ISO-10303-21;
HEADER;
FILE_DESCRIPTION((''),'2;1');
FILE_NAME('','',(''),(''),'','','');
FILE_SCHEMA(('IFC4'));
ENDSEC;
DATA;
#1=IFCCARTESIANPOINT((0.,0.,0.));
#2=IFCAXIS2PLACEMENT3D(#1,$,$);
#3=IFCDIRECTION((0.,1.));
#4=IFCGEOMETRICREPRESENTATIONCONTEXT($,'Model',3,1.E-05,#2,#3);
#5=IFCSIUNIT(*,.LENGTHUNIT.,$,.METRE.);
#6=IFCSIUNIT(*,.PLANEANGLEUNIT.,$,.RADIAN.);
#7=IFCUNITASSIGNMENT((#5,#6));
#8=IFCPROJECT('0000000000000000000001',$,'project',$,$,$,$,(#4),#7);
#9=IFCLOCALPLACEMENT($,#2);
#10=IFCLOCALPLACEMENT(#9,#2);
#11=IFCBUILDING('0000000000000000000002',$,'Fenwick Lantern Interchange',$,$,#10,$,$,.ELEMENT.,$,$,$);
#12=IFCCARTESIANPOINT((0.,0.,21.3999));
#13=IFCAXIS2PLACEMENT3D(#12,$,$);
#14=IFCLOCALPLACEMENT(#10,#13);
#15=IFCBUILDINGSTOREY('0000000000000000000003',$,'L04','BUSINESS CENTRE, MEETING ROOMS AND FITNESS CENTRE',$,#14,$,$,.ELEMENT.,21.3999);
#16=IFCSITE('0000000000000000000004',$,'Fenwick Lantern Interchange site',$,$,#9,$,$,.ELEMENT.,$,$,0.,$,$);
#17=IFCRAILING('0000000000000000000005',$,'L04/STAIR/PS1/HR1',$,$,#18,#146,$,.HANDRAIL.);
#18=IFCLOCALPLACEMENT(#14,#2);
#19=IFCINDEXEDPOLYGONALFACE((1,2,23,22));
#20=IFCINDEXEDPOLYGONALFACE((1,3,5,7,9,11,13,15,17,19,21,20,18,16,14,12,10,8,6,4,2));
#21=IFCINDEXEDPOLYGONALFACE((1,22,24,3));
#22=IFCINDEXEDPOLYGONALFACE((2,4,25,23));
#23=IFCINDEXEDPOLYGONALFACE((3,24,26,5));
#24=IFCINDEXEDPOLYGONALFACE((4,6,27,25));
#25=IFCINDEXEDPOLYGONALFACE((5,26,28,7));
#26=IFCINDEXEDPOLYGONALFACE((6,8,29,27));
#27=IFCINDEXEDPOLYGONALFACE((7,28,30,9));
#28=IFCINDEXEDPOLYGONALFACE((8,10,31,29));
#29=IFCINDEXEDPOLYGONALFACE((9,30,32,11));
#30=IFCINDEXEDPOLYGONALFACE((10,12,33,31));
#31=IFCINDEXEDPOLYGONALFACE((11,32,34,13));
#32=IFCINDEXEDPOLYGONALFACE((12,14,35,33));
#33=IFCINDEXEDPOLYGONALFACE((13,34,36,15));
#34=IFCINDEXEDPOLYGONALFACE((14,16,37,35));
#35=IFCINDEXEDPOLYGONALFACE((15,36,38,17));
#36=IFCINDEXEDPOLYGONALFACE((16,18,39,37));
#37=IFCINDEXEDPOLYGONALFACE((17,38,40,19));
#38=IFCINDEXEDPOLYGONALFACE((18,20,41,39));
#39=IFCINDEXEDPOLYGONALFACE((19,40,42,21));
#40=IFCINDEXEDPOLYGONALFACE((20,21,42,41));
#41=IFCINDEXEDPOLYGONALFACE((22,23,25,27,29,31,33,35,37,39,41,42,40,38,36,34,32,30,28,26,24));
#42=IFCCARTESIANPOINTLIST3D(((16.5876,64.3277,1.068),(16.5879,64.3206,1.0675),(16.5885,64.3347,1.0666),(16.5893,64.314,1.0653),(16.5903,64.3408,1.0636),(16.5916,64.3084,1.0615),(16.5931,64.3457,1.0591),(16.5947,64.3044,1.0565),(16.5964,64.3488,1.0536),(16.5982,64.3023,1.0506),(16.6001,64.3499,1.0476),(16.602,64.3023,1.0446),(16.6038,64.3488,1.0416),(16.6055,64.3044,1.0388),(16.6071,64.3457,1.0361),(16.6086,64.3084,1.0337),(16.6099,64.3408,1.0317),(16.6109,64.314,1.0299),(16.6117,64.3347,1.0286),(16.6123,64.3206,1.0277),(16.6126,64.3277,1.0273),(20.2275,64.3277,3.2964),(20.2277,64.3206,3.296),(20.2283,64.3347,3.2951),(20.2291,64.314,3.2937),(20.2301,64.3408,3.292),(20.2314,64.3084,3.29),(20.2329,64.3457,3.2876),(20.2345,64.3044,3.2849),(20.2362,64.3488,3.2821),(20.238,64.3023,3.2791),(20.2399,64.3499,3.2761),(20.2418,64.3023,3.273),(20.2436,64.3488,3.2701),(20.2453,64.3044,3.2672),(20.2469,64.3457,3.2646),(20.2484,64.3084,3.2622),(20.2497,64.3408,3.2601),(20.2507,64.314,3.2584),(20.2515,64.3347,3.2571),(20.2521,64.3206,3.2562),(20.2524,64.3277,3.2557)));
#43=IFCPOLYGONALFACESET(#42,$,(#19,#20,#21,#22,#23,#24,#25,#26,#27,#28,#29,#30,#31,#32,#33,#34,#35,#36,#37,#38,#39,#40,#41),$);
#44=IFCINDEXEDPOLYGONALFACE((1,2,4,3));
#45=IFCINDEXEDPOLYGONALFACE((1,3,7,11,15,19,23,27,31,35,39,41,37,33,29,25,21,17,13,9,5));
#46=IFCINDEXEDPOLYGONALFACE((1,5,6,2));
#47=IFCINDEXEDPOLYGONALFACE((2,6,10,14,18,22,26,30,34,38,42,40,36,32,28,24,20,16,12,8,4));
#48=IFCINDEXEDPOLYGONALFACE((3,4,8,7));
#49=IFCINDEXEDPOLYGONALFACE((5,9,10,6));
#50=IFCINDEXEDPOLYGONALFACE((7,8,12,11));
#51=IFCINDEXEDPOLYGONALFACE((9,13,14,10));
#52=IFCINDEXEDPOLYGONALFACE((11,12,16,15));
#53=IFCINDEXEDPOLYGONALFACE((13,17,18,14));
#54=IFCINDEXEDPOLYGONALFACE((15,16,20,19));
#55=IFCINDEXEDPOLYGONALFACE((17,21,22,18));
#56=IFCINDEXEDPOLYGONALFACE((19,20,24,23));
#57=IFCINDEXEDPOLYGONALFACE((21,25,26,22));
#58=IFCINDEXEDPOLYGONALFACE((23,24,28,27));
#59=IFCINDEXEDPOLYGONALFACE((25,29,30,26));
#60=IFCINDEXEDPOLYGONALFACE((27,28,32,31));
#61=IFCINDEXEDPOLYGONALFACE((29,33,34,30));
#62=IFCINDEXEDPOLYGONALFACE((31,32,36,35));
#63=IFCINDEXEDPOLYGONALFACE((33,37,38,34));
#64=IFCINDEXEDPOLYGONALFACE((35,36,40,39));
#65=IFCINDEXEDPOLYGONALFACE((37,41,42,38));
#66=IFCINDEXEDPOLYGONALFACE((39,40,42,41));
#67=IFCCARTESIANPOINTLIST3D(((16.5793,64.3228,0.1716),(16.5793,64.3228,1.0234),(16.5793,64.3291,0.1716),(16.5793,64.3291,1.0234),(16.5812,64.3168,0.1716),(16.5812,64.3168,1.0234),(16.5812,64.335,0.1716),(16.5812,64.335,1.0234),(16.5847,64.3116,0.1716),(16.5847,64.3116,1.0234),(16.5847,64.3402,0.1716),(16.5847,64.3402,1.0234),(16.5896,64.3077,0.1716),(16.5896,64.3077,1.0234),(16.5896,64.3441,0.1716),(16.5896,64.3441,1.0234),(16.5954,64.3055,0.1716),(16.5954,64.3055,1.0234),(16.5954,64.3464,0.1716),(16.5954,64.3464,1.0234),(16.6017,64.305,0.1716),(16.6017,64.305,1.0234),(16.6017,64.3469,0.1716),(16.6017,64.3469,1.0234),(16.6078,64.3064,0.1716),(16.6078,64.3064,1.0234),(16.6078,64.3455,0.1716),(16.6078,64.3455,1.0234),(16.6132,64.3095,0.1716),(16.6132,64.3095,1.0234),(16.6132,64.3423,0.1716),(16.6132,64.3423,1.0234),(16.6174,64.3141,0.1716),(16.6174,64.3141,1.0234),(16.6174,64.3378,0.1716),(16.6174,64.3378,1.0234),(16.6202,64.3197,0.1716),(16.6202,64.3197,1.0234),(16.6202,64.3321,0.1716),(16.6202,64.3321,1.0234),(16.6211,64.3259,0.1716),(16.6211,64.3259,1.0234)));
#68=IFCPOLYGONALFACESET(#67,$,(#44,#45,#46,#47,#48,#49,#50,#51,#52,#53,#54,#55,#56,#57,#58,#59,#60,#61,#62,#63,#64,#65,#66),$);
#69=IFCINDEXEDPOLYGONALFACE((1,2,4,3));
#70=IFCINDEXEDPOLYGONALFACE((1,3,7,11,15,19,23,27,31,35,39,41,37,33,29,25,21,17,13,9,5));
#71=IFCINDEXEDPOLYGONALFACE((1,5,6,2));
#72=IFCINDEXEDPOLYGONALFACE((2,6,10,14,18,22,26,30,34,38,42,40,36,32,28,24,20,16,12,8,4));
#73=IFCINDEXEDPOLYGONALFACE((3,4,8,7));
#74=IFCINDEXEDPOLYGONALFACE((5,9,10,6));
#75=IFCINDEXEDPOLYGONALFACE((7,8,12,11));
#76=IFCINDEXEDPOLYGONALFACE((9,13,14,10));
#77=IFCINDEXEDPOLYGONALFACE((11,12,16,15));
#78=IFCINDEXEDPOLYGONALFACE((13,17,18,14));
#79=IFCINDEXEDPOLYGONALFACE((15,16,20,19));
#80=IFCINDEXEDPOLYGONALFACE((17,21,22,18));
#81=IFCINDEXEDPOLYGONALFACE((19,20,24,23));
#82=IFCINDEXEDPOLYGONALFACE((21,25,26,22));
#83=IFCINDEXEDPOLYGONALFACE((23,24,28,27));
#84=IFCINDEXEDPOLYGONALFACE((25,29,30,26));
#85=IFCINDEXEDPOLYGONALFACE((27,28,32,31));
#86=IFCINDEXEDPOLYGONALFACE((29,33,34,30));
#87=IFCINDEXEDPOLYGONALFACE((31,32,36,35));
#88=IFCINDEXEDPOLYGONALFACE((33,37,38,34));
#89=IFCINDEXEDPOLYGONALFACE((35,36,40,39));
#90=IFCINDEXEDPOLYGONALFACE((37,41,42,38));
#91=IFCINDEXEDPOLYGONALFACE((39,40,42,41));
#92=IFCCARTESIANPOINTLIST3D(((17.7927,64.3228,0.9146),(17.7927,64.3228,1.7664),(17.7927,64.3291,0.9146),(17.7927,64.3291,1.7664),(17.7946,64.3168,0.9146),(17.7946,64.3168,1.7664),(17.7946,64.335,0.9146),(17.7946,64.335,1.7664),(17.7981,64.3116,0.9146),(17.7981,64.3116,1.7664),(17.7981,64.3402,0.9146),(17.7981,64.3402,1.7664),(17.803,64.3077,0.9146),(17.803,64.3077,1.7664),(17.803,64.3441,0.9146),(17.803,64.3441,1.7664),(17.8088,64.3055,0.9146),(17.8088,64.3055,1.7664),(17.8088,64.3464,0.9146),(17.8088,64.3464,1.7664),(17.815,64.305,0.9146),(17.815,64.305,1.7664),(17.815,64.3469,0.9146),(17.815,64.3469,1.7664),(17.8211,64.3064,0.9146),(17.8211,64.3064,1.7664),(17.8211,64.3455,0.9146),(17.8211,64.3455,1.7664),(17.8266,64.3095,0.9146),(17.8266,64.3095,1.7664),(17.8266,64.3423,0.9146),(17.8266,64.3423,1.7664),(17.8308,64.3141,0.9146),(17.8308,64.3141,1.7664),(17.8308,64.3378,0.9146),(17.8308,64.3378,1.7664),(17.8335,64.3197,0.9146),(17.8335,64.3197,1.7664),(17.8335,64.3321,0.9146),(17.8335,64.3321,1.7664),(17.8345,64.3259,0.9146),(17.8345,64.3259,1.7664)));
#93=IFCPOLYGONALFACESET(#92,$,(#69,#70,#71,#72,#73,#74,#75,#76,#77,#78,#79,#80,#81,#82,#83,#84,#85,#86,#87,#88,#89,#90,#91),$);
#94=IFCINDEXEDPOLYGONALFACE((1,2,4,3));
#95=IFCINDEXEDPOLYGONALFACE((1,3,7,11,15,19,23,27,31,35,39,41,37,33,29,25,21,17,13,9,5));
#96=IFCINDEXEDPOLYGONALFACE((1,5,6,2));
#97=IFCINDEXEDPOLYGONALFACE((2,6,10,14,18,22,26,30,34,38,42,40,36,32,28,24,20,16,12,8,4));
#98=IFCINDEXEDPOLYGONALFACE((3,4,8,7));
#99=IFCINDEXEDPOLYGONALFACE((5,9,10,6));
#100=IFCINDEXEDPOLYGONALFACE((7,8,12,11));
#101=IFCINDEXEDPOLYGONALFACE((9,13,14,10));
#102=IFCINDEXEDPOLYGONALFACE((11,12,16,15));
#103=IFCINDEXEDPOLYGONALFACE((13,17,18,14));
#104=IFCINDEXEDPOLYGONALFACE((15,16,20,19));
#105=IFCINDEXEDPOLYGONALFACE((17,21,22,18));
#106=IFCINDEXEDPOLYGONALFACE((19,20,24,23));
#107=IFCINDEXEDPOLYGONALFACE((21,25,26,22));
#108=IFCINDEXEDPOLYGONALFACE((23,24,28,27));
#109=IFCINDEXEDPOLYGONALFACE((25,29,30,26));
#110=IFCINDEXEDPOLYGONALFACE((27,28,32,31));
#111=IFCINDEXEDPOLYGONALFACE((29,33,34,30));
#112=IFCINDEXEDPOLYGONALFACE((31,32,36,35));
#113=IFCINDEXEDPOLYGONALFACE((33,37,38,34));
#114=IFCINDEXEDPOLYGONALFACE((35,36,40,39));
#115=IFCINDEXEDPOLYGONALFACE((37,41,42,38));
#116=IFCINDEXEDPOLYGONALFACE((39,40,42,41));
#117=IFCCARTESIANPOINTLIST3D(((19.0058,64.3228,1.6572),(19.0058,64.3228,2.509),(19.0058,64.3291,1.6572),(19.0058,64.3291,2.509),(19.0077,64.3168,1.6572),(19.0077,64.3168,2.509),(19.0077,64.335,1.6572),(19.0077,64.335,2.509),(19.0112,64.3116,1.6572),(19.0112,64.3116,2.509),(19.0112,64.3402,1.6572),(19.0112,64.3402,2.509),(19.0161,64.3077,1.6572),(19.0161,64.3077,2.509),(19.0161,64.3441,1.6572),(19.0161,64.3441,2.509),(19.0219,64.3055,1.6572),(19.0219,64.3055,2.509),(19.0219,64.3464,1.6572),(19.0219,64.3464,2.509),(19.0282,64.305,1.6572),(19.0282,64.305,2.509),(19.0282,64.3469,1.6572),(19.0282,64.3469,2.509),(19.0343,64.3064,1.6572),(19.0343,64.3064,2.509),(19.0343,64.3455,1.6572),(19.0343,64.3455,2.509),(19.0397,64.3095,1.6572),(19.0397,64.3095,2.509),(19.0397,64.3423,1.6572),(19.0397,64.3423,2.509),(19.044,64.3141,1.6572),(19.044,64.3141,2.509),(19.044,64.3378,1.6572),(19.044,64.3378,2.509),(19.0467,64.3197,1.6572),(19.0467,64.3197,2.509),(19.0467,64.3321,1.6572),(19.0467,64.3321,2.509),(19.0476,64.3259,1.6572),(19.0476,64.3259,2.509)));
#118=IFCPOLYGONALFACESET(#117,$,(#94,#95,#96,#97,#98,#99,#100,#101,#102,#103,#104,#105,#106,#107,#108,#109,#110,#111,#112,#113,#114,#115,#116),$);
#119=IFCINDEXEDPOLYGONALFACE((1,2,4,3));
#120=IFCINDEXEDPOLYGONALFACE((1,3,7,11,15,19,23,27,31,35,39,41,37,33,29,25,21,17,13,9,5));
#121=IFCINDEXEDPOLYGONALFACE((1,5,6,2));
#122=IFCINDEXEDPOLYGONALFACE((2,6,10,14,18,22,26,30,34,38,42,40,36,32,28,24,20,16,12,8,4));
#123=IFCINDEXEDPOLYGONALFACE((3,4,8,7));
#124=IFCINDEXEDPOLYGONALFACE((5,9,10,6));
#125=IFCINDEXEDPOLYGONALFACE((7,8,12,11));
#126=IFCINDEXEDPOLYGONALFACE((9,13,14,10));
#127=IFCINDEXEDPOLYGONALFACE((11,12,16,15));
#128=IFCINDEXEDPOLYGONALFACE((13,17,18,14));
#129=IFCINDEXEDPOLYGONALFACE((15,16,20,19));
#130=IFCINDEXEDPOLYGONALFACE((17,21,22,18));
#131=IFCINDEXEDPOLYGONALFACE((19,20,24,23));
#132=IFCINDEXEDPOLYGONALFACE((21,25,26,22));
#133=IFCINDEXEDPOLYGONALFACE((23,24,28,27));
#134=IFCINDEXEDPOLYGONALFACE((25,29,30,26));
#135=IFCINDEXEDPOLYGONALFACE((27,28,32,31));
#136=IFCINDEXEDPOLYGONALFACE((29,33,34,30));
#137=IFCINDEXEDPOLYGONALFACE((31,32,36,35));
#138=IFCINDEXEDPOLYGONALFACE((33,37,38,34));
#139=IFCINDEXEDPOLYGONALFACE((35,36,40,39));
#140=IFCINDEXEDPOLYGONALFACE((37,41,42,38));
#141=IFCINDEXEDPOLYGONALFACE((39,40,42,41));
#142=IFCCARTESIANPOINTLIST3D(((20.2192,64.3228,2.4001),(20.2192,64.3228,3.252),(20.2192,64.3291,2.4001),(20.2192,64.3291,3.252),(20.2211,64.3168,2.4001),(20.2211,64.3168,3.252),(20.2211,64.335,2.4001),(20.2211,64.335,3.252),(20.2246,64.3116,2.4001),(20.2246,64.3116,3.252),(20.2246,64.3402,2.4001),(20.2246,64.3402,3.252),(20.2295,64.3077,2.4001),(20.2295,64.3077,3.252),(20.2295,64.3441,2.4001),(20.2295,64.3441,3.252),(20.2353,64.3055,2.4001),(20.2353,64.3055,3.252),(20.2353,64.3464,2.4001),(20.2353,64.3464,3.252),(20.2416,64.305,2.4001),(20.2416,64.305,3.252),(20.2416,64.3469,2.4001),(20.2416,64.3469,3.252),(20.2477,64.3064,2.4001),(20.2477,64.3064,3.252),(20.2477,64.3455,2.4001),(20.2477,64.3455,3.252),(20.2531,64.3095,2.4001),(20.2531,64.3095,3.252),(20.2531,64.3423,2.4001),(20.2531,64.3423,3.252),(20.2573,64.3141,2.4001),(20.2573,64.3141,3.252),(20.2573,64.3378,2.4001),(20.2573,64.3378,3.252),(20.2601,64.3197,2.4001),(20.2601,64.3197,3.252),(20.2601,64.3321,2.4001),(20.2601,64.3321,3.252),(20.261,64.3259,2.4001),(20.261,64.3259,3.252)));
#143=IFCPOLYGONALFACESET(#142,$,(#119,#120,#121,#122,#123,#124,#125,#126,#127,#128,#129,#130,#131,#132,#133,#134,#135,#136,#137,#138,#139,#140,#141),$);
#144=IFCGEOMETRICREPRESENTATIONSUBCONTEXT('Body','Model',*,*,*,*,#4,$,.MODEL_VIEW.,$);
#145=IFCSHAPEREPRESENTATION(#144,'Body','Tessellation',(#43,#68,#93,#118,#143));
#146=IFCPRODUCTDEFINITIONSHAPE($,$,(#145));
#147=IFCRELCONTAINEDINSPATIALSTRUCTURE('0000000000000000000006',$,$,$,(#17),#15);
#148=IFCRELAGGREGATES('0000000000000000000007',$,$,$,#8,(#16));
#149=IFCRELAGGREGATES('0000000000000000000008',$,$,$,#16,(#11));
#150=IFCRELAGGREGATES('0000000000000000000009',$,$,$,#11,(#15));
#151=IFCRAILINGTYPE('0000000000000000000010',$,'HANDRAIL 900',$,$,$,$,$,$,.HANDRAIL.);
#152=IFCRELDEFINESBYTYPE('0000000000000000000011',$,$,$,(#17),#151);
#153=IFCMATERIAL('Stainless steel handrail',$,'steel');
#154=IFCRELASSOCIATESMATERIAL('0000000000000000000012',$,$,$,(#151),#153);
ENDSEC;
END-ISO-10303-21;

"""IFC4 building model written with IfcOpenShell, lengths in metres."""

from ifc_helpers import new_model, si_unit, direction, frame, origin, origin_2d, place, context, subcontext, project, spatial, circle, extrude, material, type_object, element, save


model = new_model("IFC4")

# Units and contexts
model_context = context("Model", 3, precision=1e-05, world=origin(), true_north=direction((0.0, 1.0)))
body_context = subcontext(model_context, "Body", "Model", "MODEL_VIEW")
ifc_project = project(units=[si_unit("LENGTHUNIT", "METRE"), si_unit("PLANEANGLEUNIT", "RADIAN")], contexts=[model_context])

# Site, building, storey
site_placement = place(None, origin())
site = spatial("IfcSite", under=ifc_project, at=site_placement, Name="Fenwick Lantern Interchange site", CompositionType="ELEMENT", RefElevation=0.0)
building_placement = place(site_placement, origin())
building = spatial("IfcBuilding", under=site, at=building_placement, Name="Fenwick Lantern Interchange", CompositionType="ELEMENT")
storey_placement = place(building_placement, frame((0.0, 0.0, 21.3999)))
storey = spatial("IfcBuildingStorey", under=building, at=storey_placement, Name="L04", Description="BUSINESS CENTRE, MEETING ROOMS AND FITNESS CENTRE", CompositionType="ELEMENT", Elevation=21.3999)

# Railing
ifc_material_1 = material(Name="Stainless steel handrail", Category="steel")
railing_type = type_object("IfcRailingType", Name="HANDRAIL 900", PredefinedType="HANDRAIL", material=ifc_material_1)
railing_1_placement = place(storey_placement, frame((16.6001, 64.3259, 0.1716)))
element("IfcRailing", 1, at=railing_1_placement, inside=storey, type_object=railing_type, Name="L04/STAIR/PS1/HR1", PredefinedType="HANDRAIL", context=body_context, shape_type="SweptSolid", body=[
    extrude(circle(Radius=0.0239, at=origin_2d()), frame((0.0, 0.0, 0.876), z_axis=(0.85285, 0.0, 0.522156), x_axis=(0.0, 1.0, 0.0)), (0.0, 0.0, 1.0), 4.2678),
    extrude(circle(Radius=0.021, at=origin_2d()), origin(), (0.0, 0.0, 1.0), 0.8518),
    extrude(circle(Radius=0.021, at=origin_2d()), frame((1.2134, 0.0, 0.7429)), (0.0, 0.0, 1.0), 0.8518),
    extrude(circle(Radius=0.021, at=origin_2d()), frame((2.4265, 0.0, 1.4856)), (0.0, 0.0, 1.0), 0.8518),
    extrude(circle(Radius=0.021, at=origin_2d()), frame((3.6399, 0.0, 2.2285)), (0.0, 0.0, 1.0), 0.8518),
])

save(model, "model.ifc")
